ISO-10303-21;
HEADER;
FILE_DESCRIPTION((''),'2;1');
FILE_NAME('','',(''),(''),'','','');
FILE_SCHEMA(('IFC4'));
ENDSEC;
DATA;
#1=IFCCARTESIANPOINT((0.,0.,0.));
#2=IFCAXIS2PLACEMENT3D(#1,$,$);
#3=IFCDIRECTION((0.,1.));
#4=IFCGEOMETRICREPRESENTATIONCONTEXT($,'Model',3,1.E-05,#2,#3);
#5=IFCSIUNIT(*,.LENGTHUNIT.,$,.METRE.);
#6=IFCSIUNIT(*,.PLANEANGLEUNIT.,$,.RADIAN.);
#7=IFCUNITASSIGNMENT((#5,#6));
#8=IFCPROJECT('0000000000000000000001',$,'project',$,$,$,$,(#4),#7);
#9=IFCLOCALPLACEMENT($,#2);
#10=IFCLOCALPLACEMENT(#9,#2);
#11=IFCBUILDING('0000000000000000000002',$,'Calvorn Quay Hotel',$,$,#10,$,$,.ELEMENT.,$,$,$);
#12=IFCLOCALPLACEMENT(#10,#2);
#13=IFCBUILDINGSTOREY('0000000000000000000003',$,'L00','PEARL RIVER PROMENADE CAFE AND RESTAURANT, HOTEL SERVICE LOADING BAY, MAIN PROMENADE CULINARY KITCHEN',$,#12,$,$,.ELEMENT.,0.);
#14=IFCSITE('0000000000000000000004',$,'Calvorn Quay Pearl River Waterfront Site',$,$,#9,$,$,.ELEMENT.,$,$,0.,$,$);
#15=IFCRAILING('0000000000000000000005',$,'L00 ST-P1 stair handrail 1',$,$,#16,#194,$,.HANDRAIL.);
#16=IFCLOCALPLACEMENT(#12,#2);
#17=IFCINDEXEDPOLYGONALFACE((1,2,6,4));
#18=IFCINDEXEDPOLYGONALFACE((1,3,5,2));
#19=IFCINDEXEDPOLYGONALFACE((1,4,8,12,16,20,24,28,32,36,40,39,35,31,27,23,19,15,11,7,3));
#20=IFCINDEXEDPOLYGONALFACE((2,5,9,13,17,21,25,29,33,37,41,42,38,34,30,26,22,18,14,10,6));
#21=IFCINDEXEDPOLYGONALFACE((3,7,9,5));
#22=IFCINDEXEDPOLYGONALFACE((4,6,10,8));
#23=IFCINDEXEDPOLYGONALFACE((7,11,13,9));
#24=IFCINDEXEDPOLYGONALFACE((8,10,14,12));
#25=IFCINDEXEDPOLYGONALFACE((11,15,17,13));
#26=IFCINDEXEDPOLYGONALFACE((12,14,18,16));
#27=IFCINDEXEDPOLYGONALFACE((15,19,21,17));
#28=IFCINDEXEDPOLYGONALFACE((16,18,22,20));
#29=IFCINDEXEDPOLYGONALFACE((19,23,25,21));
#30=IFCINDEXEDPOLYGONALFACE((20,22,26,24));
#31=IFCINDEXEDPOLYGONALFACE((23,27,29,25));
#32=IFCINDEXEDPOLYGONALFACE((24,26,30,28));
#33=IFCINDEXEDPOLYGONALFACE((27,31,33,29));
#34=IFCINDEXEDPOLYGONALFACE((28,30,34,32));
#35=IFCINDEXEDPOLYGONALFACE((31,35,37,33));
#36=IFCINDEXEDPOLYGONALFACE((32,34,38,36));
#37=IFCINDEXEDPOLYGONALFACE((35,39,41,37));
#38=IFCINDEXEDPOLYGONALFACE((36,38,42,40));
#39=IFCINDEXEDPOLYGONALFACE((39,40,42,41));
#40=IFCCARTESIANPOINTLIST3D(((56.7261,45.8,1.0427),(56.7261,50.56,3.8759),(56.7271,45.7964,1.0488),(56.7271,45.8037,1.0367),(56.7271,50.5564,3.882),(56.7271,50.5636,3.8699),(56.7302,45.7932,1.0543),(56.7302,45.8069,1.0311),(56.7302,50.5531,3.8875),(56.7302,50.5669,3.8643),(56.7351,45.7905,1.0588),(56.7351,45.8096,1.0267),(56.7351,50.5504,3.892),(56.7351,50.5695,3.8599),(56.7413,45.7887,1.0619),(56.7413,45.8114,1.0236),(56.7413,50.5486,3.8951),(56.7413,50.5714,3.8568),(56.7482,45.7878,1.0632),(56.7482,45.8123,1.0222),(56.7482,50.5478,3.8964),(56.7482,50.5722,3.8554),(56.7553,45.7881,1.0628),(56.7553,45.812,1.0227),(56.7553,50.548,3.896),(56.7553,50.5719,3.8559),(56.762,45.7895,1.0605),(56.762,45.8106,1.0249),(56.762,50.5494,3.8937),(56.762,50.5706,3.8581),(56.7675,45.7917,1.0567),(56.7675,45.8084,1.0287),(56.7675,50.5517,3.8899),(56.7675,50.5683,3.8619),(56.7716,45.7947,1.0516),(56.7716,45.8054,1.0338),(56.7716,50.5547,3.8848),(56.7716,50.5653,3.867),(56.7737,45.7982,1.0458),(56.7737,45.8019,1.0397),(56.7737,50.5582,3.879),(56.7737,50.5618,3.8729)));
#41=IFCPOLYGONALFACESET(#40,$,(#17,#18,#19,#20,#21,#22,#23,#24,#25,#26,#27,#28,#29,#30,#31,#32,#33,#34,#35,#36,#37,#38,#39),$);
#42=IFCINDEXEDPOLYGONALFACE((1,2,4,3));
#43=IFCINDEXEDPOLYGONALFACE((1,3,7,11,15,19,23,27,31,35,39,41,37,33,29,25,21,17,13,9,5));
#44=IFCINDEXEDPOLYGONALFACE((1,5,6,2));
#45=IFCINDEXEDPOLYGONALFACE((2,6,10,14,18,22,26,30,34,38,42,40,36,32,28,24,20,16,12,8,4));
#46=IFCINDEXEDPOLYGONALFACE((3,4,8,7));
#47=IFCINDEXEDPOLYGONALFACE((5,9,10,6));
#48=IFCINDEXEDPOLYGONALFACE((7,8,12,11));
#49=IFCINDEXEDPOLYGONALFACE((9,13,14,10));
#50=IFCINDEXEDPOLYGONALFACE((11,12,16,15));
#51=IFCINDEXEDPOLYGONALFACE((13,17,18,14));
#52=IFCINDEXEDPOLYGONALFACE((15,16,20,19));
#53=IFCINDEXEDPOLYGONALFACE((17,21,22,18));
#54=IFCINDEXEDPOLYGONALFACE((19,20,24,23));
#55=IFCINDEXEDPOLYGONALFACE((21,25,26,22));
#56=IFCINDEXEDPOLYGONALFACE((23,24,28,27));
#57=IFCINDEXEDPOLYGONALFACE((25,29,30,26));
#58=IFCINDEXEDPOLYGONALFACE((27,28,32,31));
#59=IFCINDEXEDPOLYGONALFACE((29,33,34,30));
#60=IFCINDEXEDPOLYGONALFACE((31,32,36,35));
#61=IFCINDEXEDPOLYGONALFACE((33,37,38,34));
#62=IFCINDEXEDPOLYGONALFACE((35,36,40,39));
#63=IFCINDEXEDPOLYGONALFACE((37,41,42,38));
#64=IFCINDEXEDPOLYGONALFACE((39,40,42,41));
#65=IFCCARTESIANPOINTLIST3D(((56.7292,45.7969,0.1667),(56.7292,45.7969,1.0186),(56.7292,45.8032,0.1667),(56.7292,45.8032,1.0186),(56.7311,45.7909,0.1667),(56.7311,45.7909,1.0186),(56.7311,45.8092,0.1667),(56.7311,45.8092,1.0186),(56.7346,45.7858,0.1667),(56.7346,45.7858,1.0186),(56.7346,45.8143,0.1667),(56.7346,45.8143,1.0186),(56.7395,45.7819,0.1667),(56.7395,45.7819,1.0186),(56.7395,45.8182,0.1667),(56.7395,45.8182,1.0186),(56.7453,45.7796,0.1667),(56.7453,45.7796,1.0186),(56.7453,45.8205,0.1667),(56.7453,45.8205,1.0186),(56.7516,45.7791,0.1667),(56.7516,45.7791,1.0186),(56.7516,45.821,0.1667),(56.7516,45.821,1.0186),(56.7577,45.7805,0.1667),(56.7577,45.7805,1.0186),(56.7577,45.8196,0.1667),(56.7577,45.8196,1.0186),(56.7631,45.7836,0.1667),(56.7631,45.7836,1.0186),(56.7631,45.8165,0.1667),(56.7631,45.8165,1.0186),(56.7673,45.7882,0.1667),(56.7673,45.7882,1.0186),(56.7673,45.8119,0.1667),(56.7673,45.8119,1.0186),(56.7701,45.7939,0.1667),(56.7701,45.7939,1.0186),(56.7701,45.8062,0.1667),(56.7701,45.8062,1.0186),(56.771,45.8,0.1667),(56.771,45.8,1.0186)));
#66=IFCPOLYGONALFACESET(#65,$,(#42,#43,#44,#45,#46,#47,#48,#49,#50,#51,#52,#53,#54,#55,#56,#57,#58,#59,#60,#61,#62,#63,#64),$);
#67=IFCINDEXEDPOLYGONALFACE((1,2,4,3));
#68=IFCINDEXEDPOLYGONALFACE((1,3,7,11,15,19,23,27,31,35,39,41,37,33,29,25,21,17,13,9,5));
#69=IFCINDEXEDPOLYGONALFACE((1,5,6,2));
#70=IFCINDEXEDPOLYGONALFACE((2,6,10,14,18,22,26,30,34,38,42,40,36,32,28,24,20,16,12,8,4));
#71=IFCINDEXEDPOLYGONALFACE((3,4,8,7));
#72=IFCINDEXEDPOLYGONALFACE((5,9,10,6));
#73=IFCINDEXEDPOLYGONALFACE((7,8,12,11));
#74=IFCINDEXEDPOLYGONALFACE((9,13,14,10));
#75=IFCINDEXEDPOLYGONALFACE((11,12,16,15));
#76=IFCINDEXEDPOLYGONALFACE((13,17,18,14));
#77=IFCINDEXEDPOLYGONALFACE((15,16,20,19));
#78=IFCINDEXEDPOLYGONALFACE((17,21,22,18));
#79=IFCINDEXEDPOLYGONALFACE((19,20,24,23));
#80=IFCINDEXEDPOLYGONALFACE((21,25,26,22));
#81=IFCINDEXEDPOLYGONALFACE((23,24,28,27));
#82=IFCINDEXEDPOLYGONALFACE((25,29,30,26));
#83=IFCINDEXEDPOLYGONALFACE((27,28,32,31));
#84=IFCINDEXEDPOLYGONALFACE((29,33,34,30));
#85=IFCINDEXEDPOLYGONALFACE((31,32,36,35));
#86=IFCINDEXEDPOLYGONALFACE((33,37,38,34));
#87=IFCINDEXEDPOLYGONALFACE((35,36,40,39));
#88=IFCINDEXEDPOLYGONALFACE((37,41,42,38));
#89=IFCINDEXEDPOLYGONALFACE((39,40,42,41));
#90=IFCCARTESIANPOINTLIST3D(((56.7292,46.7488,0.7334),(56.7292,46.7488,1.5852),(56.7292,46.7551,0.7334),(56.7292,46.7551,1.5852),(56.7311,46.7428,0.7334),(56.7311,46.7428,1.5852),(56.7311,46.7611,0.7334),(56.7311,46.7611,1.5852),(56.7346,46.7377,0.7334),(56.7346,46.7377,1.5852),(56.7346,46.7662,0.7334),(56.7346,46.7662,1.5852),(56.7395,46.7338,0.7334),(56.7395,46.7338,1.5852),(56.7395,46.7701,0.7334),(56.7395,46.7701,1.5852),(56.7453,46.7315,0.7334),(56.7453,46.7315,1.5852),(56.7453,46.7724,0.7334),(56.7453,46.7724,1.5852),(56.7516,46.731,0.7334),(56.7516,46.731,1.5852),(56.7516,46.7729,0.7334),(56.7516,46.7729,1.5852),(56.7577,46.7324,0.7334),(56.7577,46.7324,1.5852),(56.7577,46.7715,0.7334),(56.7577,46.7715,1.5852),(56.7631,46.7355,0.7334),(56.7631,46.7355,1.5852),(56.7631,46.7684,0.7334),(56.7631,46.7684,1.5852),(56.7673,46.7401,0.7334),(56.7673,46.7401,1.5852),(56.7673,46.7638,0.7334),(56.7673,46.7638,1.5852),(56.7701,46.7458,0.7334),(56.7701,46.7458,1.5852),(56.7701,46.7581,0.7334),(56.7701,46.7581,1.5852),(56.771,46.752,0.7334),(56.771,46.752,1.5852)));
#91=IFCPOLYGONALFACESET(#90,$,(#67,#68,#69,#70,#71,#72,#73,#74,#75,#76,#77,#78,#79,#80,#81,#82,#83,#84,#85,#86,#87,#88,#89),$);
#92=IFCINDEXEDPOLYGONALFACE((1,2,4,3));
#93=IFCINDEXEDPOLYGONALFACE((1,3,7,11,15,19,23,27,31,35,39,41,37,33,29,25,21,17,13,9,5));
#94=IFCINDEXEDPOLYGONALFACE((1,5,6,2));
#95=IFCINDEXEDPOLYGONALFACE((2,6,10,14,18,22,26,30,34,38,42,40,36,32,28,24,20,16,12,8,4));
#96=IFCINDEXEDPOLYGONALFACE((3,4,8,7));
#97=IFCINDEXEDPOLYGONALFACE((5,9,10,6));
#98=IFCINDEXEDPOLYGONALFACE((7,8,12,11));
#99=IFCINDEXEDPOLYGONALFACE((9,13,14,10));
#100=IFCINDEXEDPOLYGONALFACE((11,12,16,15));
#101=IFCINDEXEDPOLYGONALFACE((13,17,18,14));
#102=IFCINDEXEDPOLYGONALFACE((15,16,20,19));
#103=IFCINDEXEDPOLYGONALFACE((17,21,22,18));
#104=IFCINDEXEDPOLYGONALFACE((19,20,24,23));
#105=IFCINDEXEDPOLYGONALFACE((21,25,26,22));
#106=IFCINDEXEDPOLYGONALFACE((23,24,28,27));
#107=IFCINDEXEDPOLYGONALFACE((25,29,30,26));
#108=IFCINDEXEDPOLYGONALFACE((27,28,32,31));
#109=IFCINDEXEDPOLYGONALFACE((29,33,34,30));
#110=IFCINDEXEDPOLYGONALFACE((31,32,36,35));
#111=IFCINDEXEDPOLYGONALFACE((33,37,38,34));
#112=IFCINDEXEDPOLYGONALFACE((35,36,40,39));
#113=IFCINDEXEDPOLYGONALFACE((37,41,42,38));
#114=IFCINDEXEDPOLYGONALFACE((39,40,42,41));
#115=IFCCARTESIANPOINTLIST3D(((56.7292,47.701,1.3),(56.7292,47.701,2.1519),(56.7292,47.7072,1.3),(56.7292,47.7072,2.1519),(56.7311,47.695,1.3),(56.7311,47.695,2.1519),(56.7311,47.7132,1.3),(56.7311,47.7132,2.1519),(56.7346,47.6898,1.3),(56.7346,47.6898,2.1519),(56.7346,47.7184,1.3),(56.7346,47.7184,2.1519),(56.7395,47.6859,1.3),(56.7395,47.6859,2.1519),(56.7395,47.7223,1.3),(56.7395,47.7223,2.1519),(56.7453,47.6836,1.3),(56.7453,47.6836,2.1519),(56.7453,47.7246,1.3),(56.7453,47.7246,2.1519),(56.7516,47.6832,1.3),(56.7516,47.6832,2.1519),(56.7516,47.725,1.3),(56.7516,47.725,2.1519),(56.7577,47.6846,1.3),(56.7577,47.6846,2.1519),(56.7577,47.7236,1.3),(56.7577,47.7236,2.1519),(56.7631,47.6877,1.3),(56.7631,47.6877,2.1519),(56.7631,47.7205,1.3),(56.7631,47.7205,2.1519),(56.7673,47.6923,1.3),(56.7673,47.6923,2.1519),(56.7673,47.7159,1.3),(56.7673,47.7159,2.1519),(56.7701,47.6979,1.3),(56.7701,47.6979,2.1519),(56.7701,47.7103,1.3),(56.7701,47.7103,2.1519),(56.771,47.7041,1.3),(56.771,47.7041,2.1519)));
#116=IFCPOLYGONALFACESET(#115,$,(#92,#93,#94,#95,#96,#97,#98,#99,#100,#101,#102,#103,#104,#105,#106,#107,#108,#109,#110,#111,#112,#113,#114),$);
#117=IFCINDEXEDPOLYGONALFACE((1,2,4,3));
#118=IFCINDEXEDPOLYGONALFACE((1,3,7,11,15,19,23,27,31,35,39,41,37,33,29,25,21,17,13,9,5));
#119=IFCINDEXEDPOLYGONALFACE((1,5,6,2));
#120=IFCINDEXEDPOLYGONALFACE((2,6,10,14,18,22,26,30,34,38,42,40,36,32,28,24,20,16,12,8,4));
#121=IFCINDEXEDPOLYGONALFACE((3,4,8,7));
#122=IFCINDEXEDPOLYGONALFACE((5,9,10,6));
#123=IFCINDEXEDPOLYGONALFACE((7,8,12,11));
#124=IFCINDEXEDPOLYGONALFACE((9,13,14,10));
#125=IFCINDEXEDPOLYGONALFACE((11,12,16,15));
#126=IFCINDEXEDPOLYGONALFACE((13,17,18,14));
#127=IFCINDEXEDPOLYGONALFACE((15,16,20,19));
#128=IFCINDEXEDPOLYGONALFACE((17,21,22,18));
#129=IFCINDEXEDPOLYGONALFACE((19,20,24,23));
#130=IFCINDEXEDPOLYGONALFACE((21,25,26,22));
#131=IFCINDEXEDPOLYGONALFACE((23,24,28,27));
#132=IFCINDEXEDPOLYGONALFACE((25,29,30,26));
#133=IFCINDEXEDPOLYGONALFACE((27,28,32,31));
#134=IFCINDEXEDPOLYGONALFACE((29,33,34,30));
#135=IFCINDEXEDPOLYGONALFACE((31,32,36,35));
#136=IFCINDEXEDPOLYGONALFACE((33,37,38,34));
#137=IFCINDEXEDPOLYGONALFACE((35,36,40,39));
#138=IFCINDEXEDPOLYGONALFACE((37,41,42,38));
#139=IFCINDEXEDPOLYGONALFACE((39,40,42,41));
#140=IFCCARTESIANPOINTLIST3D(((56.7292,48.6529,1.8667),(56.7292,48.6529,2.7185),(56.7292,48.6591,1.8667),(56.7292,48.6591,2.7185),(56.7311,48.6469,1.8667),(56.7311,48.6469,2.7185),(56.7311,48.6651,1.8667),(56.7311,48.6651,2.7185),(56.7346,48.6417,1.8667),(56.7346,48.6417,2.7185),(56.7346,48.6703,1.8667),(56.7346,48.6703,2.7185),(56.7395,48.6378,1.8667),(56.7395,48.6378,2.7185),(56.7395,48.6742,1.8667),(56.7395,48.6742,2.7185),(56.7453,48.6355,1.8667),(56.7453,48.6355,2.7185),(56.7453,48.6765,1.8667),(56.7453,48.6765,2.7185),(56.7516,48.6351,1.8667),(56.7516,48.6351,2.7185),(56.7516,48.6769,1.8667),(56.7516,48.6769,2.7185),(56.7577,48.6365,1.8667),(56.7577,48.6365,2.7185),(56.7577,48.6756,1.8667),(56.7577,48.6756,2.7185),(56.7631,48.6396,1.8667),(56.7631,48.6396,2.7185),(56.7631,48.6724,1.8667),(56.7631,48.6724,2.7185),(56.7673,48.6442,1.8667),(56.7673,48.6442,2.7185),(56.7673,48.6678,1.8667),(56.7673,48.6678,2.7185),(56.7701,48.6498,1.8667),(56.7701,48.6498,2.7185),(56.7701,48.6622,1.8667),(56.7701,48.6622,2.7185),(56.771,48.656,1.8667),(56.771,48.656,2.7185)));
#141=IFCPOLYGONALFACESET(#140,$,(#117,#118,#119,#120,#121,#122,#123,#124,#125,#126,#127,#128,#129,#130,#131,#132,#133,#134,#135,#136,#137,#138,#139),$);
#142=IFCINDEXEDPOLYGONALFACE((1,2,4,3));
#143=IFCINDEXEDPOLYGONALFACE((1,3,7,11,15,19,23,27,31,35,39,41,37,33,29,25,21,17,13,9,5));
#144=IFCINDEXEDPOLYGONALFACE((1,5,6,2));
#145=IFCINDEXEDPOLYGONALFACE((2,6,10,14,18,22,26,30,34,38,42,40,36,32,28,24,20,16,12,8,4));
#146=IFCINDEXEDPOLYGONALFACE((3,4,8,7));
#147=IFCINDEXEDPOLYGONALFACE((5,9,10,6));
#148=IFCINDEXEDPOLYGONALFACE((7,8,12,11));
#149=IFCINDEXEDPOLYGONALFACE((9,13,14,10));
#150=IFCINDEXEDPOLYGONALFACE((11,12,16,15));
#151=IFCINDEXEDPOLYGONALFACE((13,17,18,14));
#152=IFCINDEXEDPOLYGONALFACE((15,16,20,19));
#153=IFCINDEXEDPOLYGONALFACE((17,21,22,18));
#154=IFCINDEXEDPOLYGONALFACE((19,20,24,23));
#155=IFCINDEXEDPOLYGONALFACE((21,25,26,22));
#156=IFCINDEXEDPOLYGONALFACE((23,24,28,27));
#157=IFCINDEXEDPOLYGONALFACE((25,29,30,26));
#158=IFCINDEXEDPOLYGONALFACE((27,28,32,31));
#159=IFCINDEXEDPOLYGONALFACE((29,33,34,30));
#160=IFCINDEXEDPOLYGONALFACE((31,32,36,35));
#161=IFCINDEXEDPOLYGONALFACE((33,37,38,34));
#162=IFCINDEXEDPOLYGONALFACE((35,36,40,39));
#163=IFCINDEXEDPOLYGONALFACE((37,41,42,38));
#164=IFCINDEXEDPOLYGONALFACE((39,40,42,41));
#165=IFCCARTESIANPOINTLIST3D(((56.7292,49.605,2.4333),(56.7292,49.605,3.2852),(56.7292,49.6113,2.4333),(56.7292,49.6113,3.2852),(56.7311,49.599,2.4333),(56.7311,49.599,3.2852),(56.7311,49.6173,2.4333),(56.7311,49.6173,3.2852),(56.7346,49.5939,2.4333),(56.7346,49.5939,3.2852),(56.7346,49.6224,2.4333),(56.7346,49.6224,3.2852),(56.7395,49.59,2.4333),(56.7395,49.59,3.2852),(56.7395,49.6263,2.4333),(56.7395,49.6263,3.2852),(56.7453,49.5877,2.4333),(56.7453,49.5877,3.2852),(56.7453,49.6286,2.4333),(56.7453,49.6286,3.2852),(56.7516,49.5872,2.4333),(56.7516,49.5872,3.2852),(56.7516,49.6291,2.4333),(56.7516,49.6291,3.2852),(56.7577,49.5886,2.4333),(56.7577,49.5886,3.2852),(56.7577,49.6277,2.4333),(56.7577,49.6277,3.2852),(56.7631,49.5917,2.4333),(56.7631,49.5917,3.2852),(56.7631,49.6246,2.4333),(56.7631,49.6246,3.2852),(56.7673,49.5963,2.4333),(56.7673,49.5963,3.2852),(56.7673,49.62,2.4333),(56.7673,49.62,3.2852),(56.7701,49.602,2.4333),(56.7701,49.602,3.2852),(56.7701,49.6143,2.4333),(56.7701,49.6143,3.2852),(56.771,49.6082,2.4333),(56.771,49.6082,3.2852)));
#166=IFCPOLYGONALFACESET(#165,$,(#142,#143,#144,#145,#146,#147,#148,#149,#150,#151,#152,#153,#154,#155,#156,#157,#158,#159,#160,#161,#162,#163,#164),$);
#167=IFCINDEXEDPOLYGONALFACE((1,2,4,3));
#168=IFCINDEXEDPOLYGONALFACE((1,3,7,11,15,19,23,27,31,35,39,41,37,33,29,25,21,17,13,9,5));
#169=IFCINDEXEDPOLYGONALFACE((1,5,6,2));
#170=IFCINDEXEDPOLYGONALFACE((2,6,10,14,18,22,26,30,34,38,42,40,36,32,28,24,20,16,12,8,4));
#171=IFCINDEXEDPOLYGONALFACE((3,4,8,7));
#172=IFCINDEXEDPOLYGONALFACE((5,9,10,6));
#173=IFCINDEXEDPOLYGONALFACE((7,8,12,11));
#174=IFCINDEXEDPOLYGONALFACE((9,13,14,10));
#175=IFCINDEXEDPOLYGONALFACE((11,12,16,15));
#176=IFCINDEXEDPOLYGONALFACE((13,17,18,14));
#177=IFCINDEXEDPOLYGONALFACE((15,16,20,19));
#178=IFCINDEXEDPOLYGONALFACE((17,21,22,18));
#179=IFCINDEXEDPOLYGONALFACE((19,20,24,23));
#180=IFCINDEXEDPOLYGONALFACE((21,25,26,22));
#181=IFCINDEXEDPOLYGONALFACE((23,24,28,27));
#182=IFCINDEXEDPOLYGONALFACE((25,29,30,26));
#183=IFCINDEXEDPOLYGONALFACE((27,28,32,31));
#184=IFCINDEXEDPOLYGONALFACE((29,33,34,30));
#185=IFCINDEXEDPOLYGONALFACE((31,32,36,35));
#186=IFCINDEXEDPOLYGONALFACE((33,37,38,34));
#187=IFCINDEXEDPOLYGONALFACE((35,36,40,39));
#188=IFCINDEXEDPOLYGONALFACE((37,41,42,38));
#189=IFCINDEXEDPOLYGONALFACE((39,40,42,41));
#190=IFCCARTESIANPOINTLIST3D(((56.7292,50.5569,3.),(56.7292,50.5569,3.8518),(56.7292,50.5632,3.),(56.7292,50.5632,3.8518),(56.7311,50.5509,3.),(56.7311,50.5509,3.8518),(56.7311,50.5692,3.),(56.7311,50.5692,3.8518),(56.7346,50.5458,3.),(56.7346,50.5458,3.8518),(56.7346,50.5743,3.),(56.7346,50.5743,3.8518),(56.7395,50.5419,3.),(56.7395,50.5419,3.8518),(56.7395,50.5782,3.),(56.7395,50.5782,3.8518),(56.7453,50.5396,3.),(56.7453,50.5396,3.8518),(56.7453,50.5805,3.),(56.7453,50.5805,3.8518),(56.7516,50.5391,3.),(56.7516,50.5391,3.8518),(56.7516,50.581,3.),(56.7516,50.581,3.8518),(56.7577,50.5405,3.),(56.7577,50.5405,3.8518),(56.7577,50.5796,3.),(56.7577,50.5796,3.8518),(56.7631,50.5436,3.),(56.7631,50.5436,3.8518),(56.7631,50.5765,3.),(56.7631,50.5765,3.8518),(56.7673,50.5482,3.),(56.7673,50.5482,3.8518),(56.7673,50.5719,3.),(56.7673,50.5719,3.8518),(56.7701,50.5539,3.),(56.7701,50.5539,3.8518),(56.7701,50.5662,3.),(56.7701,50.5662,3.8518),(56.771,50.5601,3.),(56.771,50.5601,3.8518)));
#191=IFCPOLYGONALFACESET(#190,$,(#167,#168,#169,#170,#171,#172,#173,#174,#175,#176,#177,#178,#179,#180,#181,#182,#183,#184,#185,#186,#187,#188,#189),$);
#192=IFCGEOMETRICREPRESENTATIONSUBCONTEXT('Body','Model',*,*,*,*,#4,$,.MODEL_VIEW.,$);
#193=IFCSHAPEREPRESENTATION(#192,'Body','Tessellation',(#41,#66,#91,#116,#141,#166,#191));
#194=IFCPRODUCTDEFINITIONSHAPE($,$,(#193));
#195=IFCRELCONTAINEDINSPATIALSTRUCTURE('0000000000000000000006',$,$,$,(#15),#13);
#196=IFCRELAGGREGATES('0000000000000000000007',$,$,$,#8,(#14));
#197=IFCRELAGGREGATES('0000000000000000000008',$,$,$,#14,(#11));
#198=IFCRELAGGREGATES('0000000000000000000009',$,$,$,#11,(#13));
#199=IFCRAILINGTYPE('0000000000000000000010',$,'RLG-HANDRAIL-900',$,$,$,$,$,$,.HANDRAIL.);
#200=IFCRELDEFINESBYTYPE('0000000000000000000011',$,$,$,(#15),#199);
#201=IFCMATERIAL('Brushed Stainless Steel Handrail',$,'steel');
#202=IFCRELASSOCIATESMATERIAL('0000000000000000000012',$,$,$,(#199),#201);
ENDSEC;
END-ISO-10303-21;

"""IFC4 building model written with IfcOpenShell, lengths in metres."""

from ifc_helpers import new_model, si_unit, direction, frame, origin, origin_2d, place, context, subcontext, project, spatial, circle, extrude, material, type_object, element, save


model = new_model("IFC4")

# Units and contexts
model_context = context("Model", 3, precision=1e-05, world=origin(), true_north=direction((0.0, 1.0)))
body_context = subcontext(model_context, "Body", "Model", "MODEL_VIEW")
ifc_project = project(units=[si_unit("LENGTHUNIT", "METRE"), si_unit("PLANEANGLEUNIT", "RADIAN")], contexts=[model_context])

# Site, building, storey
site_placement = place(None, origin())
site = spatial("IfcSite", under=ifc_project, at=site_placement, Name="Calvorn Quay Pearl River Waterfront Site", CompositionType="ELEMENT", RefElevation=0.0)
building_placement = place(site_placement, origin())
building = spatial("IfcBuilding", under=site, at=building_placement, Name="Calvorn Quay Hotel", CompositionType="ELEMENT")
storey_placement = place(building_placement, origin())
storey = spatial("IfcBuildingStorey", under=building, at=storey_placement, Name="L00", Description="PEARL RIVER PROMENADE CAFE AND RESTAURANT, HOTEL SERVICE LOADING BAY, MAIN PROMENADE CULINARY KITCHEN", CompositionType="ELEMENT", Elevation=0.0)

# Railing
ifc_material_1 = material(Name="Brushed Stainless Steel Handrail", Category="steel")
railing_type_1 = type_object("IfcRailingType", Name="RLG-HANDRAIL-900", PredefinedType="HANDRAIL", material=ifc_material_1)
railing_1_placement = place(storey_placement, frame((56.75, 45.8, 0.1667)))
element("IfcRailing", 1, at=railing_1_placement, inside=storey, type_object=railing_type_1, Name="L00 ST-P1 stair handrail 1", PredefinedType="HANDRAIL", context=body_context, shape_type="SweptSolid", body=[
    extrude(circle(Radius=0.0239, at=origin_2d()), frame((0.0, 0.0, 0.876), z_axis=(0.0, 0.8593, 0.511472), x_axis=(-1.0, 0.0, 0.0)), (0.0, 0.0, 1.0), 5.5393),
    extrude(circle(Radius=0.021, at=origin_2d()), origin(), (0.0, 0.0, 1.0), 0.8518),
    extrude(circle(Radius=0.021, at=origin_2d()), frame((0.0, 0.9519, 0.5667)), (0.0, 0.0, 1.0), 0.8518),
    extrude(circle(Radius=0.021, at=origin_2d()), frame((0.0, 1.9041, 1.1333)), (0.0, 0.0, 1.0), 0.8518),
    extrude(circle(Radius=0.021, at=origin_2d()), frame((0.0, 2.856, 1.7)), (0.0, 0.0, 1.0), 0.8518),
    extrude(circle(Radius=0.021, at=origin_2d()), frame((0.0, 3.8081, 2.2666)), (0.0, 0.0, 1.0), 0.8518),
    extrude(circle(Radius=0.021, at=origin_2d()), frame((0.0, 4.76, 2.8333)), (0.0, 0.0, 1.0), 0.8518),
])

save(model, "model.ifc")
